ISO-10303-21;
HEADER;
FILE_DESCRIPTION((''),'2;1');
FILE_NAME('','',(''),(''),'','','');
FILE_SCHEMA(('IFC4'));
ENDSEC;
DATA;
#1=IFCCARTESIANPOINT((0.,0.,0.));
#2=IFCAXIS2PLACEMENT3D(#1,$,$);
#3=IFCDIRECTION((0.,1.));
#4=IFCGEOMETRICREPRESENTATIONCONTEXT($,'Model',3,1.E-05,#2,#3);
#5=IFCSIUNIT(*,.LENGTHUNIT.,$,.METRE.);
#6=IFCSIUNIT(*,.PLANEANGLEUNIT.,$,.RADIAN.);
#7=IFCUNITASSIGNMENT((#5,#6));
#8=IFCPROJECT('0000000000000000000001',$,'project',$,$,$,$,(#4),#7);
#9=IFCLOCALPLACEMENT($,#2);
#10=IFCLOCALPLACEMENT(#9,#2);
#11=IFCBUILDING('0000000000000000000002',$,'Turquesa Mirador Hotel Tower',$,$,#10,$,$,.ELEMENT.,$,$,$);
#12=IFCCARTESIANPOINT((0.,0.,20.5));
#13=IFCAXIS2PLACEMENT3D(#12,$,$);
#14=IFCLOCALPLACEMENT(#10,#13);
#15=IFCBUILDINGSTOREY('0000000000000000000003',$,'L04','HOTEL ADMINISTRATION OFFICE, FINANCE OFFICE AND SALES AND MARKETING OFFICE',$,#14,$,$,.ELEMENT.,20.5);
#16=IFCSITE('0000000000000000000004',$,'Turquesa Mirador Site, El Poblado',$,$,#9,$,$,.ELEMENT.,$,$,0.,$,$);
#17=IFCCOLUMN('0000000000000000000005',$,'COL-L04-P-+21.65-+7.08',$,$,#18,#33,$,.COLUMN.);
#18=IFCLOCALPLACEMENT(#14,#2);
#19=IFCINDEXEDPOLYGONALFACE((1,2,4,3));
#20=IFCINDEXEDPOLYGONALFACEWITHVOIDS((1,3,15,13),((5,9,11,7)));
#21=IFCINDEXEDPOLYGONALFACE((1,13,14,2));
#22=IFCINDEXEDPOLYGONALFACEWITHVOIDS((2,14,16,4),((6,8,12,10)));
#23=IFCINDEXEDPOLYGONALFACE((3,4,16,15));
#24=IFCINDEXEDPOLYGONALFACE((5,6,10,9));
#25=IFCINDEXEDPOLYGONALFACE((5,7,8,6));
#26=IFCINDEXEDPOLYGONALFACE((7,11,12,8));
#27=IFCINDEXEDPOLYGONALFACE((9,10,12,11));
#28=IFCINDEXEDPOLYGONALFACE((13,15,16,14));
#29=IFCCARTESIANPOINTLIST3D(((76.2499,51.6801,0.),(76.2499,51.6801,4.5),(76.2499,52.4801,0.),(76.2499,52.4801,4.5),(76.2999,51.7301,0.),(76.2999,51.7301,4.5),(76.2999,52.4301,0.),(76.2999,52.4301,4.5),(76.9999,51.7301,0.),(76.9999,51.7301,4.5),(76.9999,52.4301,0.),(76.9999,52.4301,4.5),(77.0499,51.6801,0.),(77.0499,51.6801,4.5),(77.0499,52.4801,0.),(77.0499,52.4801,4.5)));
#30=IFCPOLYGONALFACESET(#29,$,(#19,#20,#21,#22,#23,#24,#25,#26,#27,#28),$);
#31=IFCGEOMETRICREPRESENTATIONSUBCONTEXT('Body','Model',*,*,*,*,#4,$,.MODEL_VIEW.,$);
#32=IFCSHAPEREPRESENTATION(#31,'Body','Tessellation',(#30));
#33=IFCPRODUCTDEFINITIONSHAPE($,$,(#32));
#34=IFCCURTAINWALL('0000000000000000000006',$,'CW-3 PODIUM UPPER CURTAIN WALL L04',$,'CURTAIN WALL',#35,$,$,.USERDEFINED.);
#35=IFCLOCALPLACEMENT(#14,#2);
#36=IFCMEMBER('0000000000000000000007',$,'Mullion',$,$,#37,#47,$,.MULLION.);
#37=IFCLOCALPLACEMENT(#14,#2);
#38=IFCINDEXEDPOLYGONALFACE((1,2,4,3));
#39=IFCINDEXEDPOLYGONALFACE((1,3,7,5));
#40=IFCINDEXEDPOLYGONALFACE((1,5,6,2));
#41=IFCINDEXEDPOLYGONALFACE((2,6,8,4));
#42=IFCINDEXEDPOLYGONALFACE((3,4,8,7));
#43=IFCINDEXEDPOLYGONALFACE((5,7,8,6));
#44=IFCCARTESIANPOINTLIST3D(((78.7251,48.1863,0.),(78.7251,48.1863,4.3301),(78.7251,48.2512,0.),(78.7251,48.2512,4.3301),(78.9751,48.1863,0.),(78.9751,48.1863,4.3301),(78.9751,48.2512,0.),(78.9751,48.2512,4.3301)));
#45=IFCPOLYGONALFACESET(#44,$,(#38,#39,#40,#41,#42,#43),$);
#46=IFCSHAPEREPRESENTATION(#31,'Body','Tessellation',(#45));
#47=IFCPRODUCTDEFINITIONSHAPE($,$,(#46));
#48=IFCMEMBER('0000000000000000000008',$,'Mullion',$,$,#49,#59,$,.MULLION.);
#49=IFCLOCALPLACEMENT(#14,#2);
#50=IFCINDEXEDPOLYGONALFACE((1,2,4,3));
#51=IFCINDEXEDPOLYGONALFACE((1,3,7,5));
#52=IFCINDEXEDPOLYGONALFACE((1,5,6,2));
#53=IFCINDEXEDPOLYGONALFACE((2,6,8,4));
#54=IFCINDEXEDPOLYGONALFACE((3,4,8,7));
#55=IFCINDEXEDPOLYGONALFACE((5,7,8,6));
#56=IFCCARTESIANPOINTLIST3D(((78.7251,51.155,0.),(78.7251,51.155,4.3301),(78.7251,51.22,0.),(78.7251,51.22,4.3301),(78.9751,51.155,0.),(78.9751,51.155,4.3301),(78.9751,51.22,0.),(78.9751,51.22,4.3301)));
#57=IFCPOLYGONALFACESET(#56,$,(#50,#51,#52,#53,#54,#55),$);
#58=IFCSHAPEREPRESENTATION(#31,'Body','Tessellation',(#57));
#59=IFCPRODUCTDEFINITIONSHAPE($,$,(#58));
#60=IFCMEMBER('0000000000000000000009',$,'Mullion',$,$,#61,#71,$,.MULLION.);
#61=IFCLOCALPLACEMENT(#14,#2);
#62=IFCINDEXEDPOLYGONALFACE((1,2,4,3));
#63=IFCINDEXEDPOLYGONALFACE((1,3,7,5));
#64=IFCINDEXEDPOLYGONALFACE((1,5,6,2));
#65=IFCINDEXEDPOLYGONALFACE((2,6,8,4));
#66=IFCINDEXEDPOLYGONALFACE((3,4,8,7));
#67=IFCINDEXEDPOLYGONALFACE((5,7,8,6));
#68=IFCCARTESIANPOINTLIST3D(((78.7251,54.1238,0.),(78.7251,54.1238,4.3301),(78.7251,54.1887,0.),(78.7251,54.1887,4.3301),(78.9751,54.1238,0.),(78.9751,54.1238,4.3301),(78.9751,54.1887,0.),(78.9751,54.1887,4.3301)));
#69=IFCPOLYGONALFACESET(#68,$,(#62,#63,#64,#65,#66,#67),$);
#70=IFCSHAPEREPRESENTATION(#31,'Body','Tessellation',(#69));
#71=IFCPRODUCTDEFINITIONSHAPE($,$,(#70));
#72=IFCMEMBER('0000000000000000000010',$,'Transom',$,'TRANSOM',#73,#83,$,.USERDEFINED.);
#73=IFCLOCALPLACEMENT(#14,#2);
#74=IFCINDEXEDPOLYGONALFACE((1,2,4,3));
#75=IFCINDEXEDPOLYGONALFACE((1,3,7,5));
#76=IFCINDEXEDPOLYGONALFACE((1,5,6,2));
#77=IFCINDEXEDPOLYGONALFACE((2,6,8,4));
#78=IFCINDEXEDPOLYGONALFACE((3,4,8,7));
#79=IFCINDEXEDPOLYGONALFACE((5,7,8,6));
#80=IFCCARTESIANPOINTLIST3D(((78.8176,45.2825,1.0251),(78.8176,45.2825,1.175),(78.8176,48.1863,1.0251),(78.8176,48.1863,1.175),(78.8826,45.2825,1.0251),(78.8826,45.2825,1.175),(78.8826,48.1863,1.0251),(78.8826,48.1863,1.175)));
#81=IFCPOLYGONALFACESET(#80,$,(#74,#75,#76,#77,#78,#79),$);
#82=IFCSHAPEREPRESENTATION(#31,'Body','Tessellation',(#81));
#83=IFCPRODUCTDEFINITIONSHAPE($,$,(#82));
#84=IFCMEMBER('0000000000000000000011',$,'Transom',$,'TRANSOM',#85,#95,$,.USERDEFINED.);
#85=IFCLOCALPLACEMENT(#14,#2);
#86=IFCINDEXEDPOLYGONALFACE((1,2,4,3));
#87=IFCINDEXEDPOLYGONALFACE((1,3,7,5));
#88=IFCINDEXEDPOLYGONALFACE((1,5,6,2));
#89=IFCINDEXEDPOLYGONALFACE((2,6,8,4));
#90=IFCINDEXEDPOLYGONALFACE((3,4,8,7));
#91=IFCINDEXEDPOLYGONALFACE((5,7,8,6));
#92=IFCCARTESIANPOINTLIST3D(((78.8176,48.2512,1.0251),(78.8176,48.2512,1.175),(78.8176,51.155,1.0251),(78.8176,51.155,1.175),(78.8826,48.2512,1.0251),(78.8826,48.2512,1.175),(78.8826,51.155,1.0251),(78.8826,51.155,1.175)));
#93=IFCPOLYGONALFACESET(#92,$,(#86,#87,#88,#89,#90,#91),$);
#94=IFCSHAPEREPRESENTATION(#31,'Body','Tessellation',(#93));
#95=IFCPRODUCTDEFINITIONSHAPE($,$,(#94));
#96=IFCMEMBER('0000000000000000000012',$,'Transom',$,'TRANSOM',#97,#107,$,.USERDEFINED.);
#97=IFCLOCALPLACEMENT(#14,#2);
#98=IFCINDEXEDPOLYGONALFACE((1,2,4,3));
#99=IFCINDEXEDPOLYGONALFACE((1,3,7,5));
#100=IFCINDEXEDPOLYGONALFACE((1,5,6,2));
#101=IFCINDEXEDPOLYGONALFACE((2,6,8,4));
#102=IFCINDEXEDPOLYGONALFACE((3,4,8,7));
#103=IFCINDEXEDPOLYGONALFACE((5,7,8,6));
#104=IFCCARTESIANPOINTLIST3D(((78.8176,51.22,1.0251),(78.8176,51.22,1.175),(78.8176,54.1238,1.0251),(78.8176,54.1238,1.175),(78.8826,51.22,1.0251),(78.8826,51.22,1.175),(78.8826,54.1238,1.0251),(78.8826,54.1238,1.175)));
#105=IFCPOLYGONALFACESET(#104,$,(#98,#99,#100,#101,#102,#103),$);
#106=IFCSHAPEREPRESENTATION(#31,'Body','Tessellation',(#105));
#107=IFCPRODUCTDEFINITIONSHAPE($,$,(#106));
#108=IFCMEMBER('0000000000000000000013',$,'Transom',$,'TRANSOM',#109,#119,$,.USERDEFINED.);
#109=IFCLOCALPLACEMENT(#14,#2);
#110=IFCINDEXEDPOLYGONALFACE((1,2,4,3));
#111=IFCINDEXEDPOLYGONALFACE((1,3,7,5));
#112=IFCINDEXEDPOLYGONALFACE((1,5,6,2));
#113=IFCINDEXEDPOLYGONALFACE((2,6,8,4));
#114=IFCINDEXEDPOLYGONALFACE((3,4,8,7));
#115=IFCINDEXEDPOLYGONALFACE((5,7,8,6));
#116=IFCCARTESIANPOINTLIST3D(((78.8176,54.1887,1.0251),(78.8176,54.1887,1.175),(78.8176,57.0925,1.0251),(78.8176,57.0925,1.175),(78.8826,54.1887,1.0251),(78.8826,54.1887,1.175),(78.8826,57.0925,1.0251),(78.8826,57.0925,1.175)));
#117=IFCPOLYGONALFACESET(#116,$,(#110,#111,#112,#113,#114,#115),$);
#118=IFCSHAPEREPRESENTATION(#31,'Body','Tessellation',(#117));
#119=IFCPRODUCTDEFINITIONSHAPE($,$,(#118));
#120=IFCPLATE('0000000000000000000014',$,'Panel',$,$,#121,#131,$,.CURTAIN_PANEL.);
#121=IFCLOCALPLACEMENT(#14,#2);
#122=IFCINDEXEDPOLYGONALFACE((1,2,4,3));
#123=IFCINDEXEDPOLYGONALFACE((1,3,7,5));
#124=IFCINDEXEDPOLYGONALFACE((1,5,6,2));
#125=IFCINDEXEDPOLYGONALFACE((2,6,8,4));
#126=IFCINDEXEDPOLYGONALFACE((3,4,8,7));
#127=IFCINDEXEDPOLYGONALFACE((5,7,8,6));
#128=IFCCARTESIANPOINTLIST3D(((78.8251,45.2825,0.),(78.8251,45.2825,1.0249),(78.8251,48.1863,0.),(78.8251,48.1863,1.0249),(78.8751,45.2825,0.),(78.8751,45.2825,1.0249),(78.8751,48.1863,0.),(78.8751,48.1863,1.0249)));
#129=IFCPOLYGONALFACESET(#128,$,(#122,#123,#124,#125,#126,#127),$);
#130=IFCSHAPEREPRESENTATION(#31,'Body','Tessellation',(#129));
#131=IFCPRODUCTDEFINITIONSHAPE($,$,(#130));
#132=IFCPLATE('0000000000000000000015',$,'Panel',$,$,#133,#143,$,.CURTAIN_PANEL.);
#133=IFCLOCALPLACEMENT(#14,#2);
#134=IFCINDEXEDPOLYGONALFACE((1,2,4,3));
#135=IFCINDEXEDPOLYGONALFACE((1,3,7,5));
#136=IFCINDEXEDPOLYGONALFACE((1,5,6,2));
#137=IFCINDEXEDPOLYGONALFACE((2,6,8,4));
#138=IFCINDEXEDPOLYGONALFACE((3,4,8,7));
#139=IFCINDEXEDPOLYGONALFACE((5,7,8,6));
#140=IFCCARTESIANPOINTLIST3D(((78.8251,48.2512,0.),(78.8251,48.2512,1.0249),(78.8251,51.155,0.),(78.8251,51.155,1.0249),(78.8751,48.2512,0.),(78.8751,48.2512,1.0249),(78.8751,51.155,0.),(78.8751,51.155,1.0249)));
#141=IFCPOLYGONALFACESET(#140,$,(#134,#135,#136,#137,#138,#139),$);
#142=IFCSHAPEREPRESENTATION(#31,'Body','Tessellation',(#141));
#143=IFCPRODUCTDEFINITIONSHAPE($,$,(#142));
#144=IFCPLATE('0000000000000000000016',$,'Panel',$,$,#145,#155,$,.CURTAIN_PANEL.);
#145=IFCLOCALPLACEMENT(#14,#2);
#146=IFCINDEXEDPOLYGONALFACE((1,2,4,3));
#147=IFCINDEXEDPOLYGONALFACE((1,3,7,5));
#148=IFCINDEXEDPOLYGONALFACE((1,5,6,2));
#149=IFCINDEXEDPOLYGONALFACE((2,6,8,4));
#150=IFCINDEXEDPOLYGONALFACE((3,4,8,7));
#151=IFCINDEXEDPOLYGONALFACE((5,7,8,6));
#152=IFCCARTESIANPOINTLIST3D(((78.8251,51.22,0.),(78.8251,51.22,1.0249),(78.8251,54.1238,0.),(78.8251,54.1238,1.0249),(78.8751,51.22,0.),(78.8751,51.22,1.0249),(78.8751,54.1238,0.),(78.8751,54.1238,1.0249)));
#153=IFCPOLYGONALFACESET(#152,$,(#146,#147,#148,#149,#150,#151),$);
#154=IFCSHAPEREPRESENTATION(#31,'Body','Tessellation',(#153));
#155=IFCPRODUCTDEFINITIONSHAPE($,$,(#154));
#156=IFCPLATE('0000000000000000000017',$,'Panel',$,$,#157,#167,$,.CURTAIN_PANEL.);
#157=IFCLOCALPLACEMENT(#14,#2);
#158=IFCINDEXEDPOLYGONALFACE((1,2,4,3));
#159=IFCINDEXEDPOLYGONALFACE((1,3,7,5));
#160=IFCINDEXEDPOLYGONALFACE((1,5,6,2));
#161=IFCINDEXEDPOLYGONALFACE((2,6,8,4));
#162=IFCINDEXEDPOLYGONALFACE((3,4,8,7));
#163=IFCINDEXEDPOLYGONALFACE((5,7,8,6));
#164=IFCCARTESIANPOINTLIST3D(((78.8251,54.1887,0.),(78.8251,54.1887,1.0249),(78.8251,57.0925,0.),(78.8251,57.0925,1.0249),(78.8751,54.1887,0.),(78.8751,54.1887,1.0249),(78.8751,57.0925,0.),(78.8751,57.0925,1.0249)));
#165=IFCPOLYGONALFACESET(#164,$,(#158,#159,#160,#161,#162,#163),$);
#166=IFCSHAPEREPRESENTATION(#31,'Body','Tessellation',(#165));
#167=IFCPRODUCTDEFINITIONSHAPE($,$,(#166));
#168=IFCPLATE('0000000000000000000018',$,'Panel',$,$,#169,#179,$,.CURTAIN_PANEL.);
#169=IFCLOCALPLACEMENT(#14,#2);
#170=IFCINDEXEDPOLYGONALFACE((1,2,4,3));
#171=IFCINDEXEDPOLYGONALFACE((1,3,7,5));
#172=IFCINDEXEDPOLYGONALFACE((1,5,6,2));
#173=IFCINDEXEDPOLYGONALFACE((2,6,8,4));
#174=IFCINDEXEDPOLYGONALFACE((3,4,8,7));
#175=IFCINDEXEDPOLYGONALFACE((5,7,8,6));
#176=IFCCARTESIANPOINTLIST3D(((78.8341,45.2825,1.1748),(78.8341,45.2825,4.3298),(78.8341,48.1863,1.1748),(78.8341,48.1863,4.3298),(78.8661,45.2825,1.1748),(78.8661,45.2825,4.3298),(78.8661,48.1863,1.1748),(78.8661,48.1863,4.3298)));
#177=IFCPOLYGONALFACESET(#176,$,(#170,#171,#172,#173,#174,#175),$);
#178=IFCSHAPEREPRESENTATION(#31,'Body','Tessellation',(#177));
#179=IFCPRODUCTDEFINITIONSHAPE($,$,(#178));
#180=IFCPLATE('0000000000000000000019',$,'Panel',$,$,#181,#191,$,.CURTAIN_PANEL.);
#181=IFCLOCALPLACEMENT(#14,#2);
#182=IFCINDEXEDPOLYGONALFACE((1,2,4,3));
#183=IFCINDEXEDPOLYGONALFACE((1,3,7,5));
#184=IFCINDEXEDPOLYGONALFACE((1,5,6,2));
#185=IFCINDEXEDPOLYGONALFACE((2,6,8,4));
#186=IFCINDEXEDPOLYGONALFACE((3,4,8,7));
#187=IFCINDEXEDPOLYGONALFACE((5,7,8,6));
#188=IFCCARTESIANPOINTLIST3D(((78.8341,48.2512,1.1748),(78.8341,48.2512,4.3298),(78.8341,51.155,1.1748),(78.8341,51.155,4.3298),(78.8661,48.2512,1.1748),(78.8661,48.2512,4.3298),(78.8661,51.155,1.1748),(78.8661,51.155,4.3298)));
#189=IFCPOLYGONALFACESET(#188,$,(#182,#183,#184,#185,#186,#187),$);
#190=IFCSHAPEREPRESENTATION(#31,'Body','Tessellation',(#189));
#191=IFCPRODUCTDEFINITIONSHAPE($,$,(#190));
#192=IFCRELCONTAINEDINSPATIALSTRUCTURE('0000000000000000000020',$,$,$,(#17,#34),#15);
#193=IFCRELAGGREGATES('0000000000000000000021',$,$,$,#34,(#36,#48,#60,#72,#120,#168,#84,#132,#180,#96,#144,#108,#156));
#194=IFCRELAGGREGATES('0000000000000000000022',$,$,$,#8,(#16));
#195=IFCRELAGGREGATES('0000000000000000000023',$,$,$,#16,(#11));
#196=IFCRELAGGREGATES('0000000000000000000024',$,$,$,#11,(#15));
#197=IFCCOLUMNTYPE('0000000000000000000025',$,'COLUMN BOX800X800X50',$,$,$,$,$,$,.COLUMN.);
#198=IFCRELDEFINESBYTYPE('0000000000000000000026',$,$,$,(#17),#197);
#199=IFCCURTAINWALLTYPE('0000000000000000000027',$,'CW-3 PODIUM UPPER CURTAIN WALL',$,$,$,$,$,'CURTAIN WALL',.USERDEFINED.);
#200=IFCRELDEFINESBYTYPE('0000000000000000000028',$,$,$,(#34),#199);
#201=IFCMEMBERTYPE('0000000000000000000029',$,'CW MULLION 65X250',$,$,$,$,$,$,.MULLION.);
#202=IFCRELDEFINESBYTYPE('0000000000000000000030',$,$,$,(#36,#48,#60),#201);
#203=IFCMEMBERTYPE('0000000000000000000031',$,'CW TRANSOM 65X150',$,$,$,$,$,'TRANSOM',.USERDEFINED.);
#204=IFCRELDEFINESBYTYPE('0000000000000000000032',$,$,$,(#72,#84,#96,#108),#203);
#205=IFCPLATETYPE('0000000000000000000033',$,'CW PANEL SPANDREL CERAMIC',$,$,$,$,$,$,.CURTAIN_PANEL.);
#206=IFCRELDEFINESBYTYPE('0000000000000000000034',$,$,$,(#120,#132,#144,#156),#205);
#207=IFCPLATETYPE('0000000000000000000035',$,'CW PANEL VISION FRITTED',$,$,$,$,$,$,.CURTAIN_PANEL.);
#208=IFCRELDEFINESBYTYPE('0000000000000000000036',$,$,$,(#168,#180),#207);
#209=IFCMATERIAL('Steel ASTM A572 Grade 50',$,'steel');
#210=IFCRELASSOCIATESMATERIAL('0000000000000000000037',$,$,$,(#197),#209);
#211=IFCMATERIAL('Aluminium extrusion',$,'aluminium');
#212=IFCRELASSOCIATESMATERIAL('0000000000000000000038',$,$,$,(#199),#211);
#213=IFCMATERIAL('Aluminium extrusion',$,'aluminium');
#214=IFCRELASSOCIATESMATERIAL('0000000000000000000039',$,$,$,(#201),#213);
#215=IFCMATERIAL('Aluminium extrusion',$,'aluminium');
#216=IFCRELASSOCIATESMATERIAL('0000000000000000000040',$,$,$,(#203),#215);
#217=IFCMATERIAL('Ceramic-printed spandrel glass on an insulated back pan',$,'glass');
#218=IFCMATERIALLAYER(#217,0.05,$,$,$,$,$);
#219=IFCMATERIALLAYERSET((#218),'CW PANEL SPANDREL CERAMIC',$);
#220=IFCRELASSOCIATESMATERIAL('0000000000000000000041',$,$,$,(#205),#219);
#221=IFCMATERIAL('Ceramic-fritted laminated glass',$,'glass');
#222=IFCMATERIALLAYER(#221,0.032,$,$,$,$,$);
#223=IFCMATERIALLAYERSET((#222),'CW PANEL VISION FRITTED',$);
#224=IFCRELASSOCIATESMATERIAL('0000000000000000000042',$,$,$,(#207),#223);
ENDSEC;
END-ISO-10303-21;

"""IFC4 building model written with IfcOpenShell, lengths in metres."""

from ifc_helpers import new_model, si_unit, direction, frame, origin, origin_2d, place, context, subcontext, project, spatial, rectangle, hollow_rectangle, extrude, material, layer, layer_set, material_profile, profile_set, type_object, element, aggregate, save


model = new_model("IFC4")

# Units and contexts
model_context = context("Model", 3, precision=1e-05, world=origin(), true_north=direction((0.0, 1.0)))
body_context = subcontext(model_context, "Body", "Model", "MODEL_VIEW")
ifc_project = project(units=[si_unit("LENGTHUNIT", "METRE"), si_unit("PLANEANGLEUNIT", "RADIAN")], contexts=[model_context])

# Site, building, storey
site_placement = place(None, origin())
site = spatial("IfcSite", under=ifc_project, at=site_placement, Name="Turquesa Mirador Site, El Poblado", CompositionType="ELEMENT", RefElevation=0.0)
building_placement = place(site_placement, origin())
building = spatial("IfcBuilding", under=site, at=building_placement, Name="Turquesa Mirador Hotel Tower", CompositionType="ELEMENT")
storey_placement = place(building_placement, frame((0.0, 0.0, 20.5)))
storey = spatial("IfcBuildingStorey", under=building, at=storey_placement, Name="L04", Description="HOTEL ADMINISTRATION OFFICE, FINANCE OFFICE AND SALES AND MARKETING OFFICE", CompositionType="ELEMENT", Elevation=20.5)

# Column
ifc_material_1 = material(Name="Steel ASTM A572 Grade 50", Category="steel")
ifc_material_profile_1 = material_profile(ifc_material_1, hollow_rectangle(XDim=0.8, YDim=0.8, WallThickness=0.05, at=origin_2d()), Name="BOX800X800X50")
ifc_profile_set_1 = profile_set([ifc_material_profile_1], Name="Steel ASTM A572 Grade 50")
column_type = type_object("IfcColumnType", Name="COLUMN BOX800X800X50", PredefinedType="COLUMN", material=ifc_profile_set_1)
column_placement = place(storey_placement, frame((76.6499, 52.0801, 0.0), z_axis=(0.0, 0.0, 1.0), x_axis=(1.0, 0.0, 0.0)))
element("IfcColumn", 1, at=column_placement, inside=storey, type_object=column_type, Name="COL-L04-P-+21.65-+7.08", PredefinedType="COLUMN", context=body_context, shape_type="SweptSolid", body=[
    extrude(hollow_rectangle(XDim=0.8, YDim=0.8, WallThickness=0.05, at=origin_2d()), origin(), (0.0, 0.0, 1.0), 4.5),
])

# Curtain wall, members, plates
ifc_material_2 = material(Name="Aluminium extrusion", Category="aluminium")
curtain_wall_type = type_object("IfcCurtainWallType", Name="CW-3 PODIUM UPPER CURTAIN WALL", ElementType="CURTAIN WALL", PredefinedType="USERDEFINED", material=ifc_material_2)
curtain_wall_placement = place(storey_placement, origin())
curtain_wall = element("IfcCurtainWall", 2, at=curtain_wall_placement, inside=storey, type_object=curtain_wall_type, Name="CW-3 PODIUM UPPER CURTAIN WALL L04", ObjectType="CURTAIN WALL", PredefinedType="USERDEFINED")
ifc_material_3 = material(Name="Aluminium extrusion", Category="aluminium")
ifc_material_profile_2 = material_profile(ifc_material_3, rectangle(XDim=0.0649, YDim=0.25, at=origin_2d()), Name="MULLION 65X250")
ifc_profile_set_2 = profile_set([ifc_material_profile_2], Name="Aluminium extrusion")
member_type_1 = type_object("IfcMemberType", Name="CW MULLION 65X250", PredefinedType="MULLION", material=ifc_profile_set_2)
member_1_placement = place(storey_placement, frame((78.8501, 48.2188, 0.0), z_axis=(0.0, 0.0, 1.0), x_axis=(0.0, 1.0, 0.0)))
member_1 = element("IfcMember", 3, at=member_1_placement, type_object=member_type_1, Name="Mullion", PredefinedType="MULLION", context=body_context, shape_type="SweptSolid", body=[
    extrude(rectangle(XDim=0.0649, YDim=0.25, at=origin_2d()), origin(), (0.0, 0.0, 1.0), 4.3301),
])
member_2_placement = place(storey_placement, frame((78.8501, 51.1875, 0.0), z_axis=(0.0, 0.0, 1.0), x_axis=(0.0, 1.0, 0.0)))
member_2 = element("IfcMember", 4, at=member_2_placement, type_object=member_type_1, Name="Mullion", PredefinedType="MULLION", context=body_context, shape_type="SweptSolid", body=[
    extrude(rectangle(XDim=0.0649, YDim=0.25, at=origin_2d()), origin(), (0.0, 0.0, 1.0), 4.3301),
])
member_3_placement = place(storey_placement, frame((78.8501, 54.1562, 0.0), z_axis=(0.0, 0.0, 1.0), x_axis=(0.0, 1.0, 0.0)))
member_3 = element("IfcMember", 5, at=member_3_placement, type_object=member_type_1, Name="Mullion", PredefinedType="MULLION", context=body_context, shape_type="SweptSolid", body=[
    extrude(rectangle(XDim=0.0649, YDim=0.25, at=origin_2d()), origin(), (0.0, 0.0, 1.0), 4.3301),
])
ifc_material_4 = material(Name="Aluminium extrusion", Category="aluminium")
ifc_material_profile_3 = material_profile(ifc_material_4, rectangle(XDim=0.0649, YDim=0.1499, at=origin_2d()), Name="TRANSOM 65X150")
ifc_profile_set_3 = profile_set([ifc_material_profile_3], Name="Aluminium extrusion")
member_type_2 = type_object("IfcMemberType", Name="CW TRANSOM 65X150", ElementType="TRANSOM", PredefinedType="USERDEFINED", material=ifc_profile_set_3)
member_4_placement = place(storey_placement, frame((78.8501, 45.2825, 1.1001), z_axis=(0.0, 1.0, 0.0), x_axis=(-1.0, 0.0, 0.0)))
member_4 = element("IfcMember", 6, at=member_4_placement, type_object=member_type_2, Name="Transom", ObjectType="TRANSOM", PredefinedType="USERDEFINED", context=body_context, shape_type="SweptSolid", body=[
    extrude(rectangle(XDim=0.0649, YDim=0.1499, at=origin_2d()), origin(), (0.0, 0.0, 1.0), 2.9038),
])
member_5_placement = place(storey_placement, frame((78.8501, 48.2512, 1.1001), z_axis=(0.0, 1.0, 0.0), x_axis=(-1.0, 0.0, 0.0)))
member_5 = element("IfcMember", 7, at=member_5_placement, type_object=member_type_2, Name="Transom", ObjectType="TRANSOM", PredefinedType="USERDEFINED", context=body_context, shape_type="SweptSolid", body=[
    extrude(rectangle(XDim=0.0649, YDim=0.1499, at=origin_2d()), origin(), (0.0, 0.0, 1.0), 2.9038),
])
member_6_placement = place(storey_placement, frame((78.8501, 51.22, 1.1001), z_axis=(0.0, 1.0, 0.0), x_axis=(-1.0, 0.0, 0.0)))
member_6 = element("IfcMember", 8, at=member_6_placement, type_object=member_type_2, Name="Transom", ObjectType="TRANSOM", PredefinedType="USERDEFINED", context=body_context, shape_type="SweptSolid", body=[
    extrude(rectangle(XDim=0.0649, YDim=0.1499, at=origin_2d()), origin(), (0.0, 0.0, 1.0), 2.9038),
])
member_7_placement = place(storey_placement, frame((78.8501, 54.1887, 1.1001), z_axis=(0.0, 1.0, 0.0), x_axis=(-1.0, 0.0, 0.0)))
member_7 = element("IfcMember", 9, at=member_7_placement, type_object=member_type_2, Name="Transom", ObjectType="TRANSOM", PredefinedType="USERDEFINED", context=body_context, shape_type="SweptSolid", body=[
    extrude(rectangle(XDim=0.0649, YDim=0.1499, at=origin_2d()), origin(), (0.0, 0.0, 1.0), 2.9038),
])
ifc_material_5 = material(Name="Ceramic-printed spandrel glass on an insulated back pan", Category="glass")
ifc_layer_1 = layer(ifc_material_5, 0.05)
ifc_layer_set_1 = layer_set([ifc_layer_1], Name="CW PANEL SPANDREL CERAMIC")
plate_type_1 = type_object("IfcPlateType", Name="CW PANEL SPANDREL CERAMIC", PredefinedType="CURTAIN_PANEL", material=ifc_layer_set_1)
plate_1_placement = place(storey_placement, frame((78.8501, 46.7344, 0.0), z_axis=(0.0, 0.0, 1.0), x_axis=(0.0, 1.0, 0.0)))
plate_1 = element("IfcPlate", 10, at=plate_1_placement, type_object=plate_type_1, Name="Panel", PredefinedType="CURTAIN_PANEL", context=body_context, shape_type="SweptSolid", body=[
    extrude(rectangle(XDim=2.9038, YDim=0.05, at=origin_2d()), origin(), (0.0, 0.0, 1.0), 1.0249),
])
plate_2_placement = place(storey_placement, frame((78.8501, 49.7031, 0.0), z_axis=(0.0, 0.0, 1.0), x_axis=(0.0, 1.0, 0.0)))
plate_2 = element("IfcPlate", 11, at=plate_2_placement, type_object=plate_type_1, Name="Panel", PredefinedType="CURTAIN_PANEL", context=body_context, shape_type="SweptSolid", body=[
    extrude(rectangle(XDim=2.9038, YDim=0.05, at=origin_2d()), origin(), (0.0, 0.0, 1.0), 1.0249),
])
plate_3_placement = place(storey_placement, frame((78.8501, 52.6719, 0.0), z_axis=(0.0, 0.0, 1.0), x_axis=(0.0, 1.0, 0.0)))
plate_3 = element("IfcPlate", 12, at=plate_3_placement, type_object=plate_type_1, Name="Panel", PredefinedType="CURTAIN_PANEL", context=body_context, shape_type="SweptSolid", body=[
    extrude(rectangle(XDim=2.9038, YDim=0.05, at=origin_2d()), origin(), (0.0, 0.0, 1.0), 1.0249),
])
plate_4_placement = place(storey_placement, frame((78.8501, 55.6406, 0.0), z_axis=(0.0, 0.0, 1.0), x_axis=(0.0, 1.0, 0.0)))
plate_4 = element("IfcPlate", 13, at=plate_4_placement, type_object=plate_type_1, Name="Panel", PredefinedType="CURTAIN_PANEL", context=body_context, shape_type="SweptSolid", body=[
    extrude(rectangle(XDim=2.9038, YDim=0.05, at=origin_2d()), origin(), (0.0, 0.0, 1.0), 1.0249),
])
ifc_material_6 = material(Name="Ceramic-fritted laminated glass", Category="glass")
ifc_layer_2 = layer(ifc_material_6, 0.032)
ifc_layer_set_2 = layer_set([ifc_layer_2], Name="CW PANEL VISION FRITTED")
plate_type_2 = type_object("IfcPlateType", Name="CW PANEL VISION FRITTED", PredefinedType="CURTAIN_PANEL", material=ifc_layer_set_2)
plate_5_placement = place(storey_placement, frame((78.8501, 46.7344, 1.1748), z_axis=(0.0, 0.0, 1.0), x_axis=(0.0, 1.0, 0.0)))
plate_5 = element("IfcPlate", 14, at=plate_5_placement, type_object=plate_type_2, Name="Panel", PredefinedType="CURTAIN_PANEL", context=body_context, shape_type="SweptSolid", body=[
    extrude(rectangle(XDim=2.9038, YDim=0.032, at=origin_2d()), origin(), (0.0, 0.0, 1.0), 3.155),
])
plate_6_placement = place(storey_placement, frame((78.8501, 49.7031, 1.1748), z_axis=(0.0, 0.0, 1.0), x_axis=(0.0, 1.0, 0.0)))
plate_6 = element("IfcPlate", 15, at=plate_6_placement, type_object=plate_type_2, Name="Panel", PredefinedType="CURTAIN_PANEL", context=body_context, shape_type="SweptSolid", body=[
    extrude(rectangle(XDim=2.9038, YDim=0.032, at=origin_2d()), origin(), (0.0, 0.0, 1.0), 3.155),
])
aggregate(curtain_wall, [member_1, member_2, member_3, member_4, plate_1, plate_5, member_5, plate_2, plate_6, member_6, plate_3, member_7, plate_4])

save(model, "model.ifc")
